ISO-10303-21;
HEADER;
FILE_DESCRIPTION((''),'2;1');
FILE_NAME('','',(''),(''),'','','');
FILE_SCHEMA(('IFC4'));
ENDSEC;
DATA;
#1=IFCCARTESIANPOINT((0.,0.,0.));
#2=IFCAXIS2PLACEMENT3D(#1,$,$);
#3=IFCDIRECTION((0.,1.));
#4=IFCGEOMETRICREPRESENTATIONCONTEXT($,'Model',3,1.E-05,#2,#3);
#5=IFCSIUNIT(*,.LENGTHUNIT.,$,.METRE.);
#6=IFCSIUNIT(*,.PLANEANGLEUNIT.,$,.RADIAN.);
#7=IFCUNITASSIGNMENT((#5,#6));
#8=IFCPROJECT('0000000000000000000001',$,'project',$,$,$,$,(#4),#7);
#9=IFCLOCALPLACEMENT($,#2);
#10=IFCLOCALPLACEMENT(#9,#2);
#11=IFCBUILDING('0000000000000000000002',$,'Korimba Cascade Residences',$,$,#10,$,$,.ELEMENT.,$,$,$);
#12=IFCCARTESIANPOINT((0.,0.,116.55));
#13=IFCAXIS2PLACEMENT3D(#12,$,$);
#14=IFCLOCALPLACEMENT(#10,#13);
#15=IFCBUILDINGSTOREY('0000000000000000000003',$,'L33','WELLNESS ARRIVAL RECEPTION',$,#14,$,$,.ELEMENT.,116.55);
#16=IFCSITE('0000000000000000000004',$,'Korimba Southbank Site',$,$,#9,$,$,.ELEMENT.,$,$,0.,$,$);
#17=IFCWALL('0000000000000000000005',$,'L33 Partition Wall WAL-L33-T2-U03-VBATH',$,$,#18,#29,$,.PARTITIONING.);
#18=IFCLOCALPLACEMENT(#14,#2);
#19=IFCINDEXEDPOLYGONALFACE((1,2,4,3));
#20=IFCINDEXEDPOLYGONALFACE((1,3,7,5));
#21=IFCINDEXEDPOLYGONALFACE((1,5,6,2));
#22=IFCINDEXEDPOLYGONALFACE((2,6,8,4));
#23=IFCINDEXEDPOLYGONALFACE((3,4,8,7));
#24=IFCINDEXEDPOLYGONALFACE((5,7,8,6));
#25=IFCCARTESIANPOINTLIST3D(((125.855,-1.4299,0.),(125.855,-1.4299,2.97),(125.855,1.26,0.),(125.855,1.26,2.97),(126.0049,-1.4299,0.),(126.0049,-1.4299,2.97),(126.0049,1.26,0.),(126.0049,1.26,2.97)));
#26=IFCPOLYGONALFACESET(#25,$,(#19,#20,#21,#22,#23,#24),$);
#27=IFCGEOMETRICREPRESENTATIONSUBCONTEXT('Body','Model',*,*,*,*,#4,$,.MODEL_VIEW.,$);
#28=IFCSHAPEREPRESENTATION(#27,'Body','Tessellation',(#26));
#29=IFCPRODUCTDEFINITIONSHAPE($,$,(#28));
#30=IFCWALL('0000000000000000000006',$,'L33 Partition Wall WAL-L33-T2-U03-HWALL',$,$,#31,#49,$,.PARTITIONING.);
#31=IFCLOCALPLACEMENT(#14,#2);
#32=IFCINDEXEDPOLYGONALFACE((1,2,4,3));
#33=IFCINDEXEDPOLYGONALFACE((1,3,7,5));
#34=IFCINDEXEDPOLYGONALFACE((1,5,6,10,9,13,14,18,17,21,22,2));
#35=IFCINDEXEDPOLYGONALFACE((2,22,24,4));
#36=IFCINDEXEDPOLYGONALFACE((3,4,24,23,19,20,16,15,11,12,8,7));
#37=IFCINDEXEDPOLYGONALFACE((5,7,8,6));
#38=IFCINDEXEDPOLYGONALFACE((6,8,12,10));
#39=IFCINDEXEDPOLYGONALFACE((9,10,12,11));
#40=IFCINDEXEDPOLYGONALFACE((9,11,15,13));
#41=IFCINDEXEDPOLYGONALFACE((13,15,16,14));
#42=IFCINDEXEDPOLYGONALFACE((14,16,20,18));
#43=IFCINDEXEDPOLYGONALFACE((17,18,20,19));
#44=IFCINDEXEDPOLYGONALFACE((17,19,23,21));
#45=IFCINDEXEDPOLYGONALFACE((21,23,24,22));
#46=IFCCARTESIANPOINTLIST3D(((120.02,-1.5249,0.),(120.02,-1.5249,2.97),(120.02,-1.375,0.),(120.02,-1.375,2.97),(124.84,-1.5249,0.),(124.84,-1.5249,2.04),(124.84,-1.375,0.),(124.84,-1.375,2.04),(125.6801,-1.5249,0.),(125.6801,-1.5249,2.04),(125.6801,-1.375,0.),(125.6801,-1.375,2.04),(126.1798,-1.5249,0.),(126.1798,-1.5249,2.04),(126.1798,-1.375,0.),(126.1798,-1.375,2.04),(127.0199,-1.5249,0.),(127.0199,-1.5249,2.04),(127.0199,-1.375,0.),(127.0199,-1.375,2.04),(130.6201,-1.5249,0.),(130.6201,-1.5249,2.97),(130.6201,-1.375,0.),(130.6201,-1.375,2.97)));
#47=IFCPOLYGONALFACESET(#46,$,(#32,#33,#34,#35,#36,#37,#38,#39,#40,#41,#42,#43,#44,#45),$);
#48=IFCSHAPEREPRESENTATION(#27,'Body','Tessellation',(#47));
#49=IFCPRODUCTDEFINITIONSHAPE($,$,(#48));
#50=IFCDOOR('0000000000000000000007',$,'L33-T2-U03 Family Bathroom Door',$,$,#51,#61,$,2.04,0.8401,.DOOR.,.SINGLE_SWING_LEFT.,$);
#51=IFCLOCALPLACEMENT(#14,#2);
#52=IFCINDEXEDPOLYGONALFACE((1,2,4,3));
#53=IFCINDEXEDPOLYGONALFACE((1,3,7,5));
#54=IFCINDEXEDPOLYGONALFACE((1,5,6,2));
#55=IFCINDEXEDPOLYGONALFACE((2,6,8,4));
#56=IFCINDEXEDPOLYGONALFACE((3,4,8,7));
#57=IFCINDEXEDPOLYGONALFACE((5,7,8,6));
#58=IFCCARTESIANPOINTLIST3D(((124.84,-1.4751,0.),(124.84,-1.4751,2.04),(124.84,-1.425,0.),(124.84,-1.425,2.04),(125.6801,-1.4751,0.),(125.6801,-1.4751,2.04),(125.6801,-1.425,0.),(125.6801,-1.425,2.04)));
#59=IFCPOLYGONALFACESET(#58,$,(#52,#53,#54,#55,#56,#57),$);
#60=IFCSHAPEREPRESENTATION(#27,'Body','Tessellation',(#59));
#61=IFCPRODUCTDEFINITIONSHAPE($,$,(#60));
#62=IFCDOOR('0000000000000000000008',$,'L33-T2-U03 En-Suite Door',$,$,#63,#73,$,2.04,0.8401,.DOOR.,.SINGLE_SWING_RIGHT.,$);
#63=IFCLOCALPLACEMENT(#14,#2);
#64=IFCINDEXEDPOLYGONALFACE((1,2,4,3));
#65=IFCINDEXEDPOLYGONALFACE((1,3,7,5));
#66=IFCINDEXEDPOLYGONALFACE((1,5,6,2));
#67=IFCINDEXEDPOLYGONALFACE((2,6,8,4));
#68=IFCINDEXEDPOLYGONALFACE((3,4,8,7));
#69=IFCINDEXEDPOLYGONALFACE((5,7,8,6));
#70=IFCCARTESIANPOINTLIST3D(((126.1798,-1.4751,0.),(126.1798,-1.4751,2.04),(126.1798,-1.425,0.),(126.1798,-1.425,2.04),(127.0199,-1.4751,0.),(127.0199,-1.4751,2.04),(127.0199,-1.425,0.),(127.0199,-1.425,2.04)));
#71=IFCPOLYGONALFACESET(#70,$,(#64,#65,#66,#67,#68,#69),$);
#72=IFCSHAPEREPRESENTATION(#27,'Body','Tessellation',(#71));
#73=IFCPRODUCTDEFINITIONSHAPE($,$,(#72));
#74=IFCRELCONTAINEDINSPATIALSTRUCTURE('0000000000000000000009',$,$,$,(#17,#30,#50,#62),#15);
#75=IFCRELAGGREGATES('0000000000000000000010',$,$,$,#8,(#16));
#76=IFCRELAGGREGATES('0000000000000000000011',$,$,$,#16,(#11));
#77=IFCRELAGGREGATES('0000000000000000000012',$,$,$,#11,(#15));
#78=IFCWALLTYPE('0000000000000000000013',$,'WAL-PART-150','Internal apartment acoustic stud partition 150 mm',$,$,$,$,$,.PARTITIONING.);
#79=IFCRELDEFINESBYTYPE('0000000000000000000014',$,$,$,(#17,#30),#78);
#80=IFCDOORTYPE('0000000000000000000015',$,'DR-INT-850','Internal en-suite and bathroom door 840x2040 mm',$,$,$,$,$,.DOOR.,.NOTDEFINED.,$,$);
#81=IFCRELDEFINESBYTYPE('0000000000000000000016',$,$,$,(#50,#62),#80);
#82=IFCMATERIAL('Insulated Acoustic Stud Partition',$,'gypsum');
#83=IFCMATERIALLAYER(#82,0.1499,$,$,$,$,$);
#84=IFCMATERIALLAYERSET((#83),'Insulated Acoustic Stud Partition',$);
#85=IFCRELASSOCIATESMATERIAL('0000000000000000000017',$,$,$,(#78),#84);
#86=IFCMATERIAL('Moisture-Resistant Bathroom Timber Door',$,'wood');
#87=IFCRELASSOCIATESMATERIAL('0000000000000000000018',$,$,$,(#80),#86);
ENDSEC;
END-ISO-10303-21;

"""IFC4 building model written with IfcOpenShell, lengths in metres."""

from ifc_helpers import new_model, si_unit, direction, frame, frame_2d, origin, place, context, subcontext, project, spatial, rectangle, extrude, material, layer, layer_set, type_object, element, fill, save


model = new_model("IFC4")

# Units and contexts
model_context = context("Model", 3, precision=1e-05, world=origin(), true_north=direction((0.0, 1.0)))
body_context = subcontext(model_context, "Body", "Model", "MODEL_VIEW")
ifc_project = project(units=[si_unit("LENGTHUNIT", "METRE"), si_unit("PLANEANGLEUNIT", "RADIAN")], contexts=[model_context])

# Site, building, storey
site_placement = place(None, origin())
site = spatial("IfcSite", under=ifc_project, at=site_placement, Name="Korimba Southbank Site", CompositionType="ELEMENT", RefElevation=0.0)
building_placement = place(site_placement, origin())
building = spatial("IfcBuilding", under=site, at=building_placement, Name="Korimba Cascade Residences", CompositionType="ELEMENT")
storey_placement = place(building_placement, frame((0.0, 0.0, 116.55)))
storey = spatial("IfcBuildingStorey", under=building, at=storey_placement, Name="L33", Description="WELLNESS ARRIVAL RECEPTION", CompositionType="ELEMENT", Elevation=116.55)

# Shared definitions
ifc_material_1 = material(Name="Insulated Acoustic Stud Partition", Category="gypsum")
ifc_layer = layer(ifc_material_1, 0.1499)
ifc_layer_set = layer_set([ifc_layer], Name="Insulated Acoustic Stud Partition")
wall_type = type_object("IfcWallType", Name="WAL-PART-150", Description="Internal apartment acoustic stud partition 150 mm", PredefinedType="PARTITIONING", material=ifc_layer_set)
ifc_material_2 = material(Name="Moisture-Resistant Bathroom Timber Door", Category="wood")
door_type_1 = type_object("IfcDoorType", Name="DR-INT-850", Description="Internal en-suite and bathroom door 840x2040 mm", OperationType="NOTDEFINED", PredefinedType="DOOR", material=ifc_material_2)

# Wall
wall_1_placement = place(storey_placement, frame((125.9299, -1.4299, 0.0), z_axis=(0.0, 0.0, 1.0), x_axis=(0.0, 1.0, 0.0)))
element("IfcWall", 1, at=wall_1_placement, inside=storey, type_object=wall_type, Name="L33 Partition Wall WAL-L33-T2-U03-VBATH", PredefinedType="PARTITIONING", context=body_context, shape_type="SweptSolid", body=[
    extrude(rectangle(XDim=2.6899, YDim=0.1499, at=frame_2d((1.345, 0.0))), origin(), (0.0, 0.0, 1.0), 2.97),
])

# Wall, openings, doors
wall_2_placement = place(storey_placement, frame((120.02, -1.45, 0.0), z_axis=(0.0, 0.0, 1.0), x_axis=(1.0, 0.0, 0.0)))
wall_2 = element("IfcWall", 2, at=wall_2_placement, inside=storey, type_object=wall_type, Name="L33 Partition Wall WAL-L33-T2-U03-HWALL", PredefinedType="PARTITIONING", context=body_context, shape_type="SweptSolid", body=[
    extrude(rectangle(XDim=10.6001, YDim=0.1499, at=frame_2d((5.3, 0.0))), origin(), (0.0, 0.0, 1.0), 2.97),
])
opening_1_placement = place(wall_2_placement, frame((4.8201, 0.0, 0.0)))
opening_1 = element("IfcOpeningElement", 3, at=opening_1_placement, cuts=wall_2, PredefinedType="OPENING", context=body_context, shape_type="SweptSolid", body=[
    extrude(rectangle(XDim=0.8401, YDim=2.04, at=frame_2d((0.4199, 1.02))), frame((0.0, 0.085, 0.0), z_axis=(0.0, -1.0, 0.0), x_axis=(1.0, 0.0, 0.0)), (0.0, 0.0, 1.0), 0.1699),
])
opening_2_placement = place(wall_2_placement, frame((6.1599, 0.0, 0.0)))
opening_2 = element("IfcOpeningElement", 4, at=opening_2_placement, cuts=wall_2, PredefinedType="OPENING", context=body_context, shape_type="SweptSolid", body=[
    extrude(rectangle(XDim=0.8401, YDim=2.04, at=frame_2d((0.4199, 1.02))), frame((0.0, 0.085, 0.0), z_axis=(0.0, -1.0, 0.0), x_axis=(1.0, 0.0, 0.0)), (0.0, 0.0, 1.0), 0.1699),
])
door_1_placement = place(opening_1_placement, origin())
door_1 = element("IfcDoor", 5, at=door_1_placement, inside=storey, type_object=door_type_1, Name="L33-T2-U03 Family Bathroom Door", OperationType="SINGLE_SWING_LEFT", OverallHeight=2.04, OverallWidth=0.8401, PredefinedType="DOOR", context=body_context, shape_type="SweptSolid", body=[
    extrude(rectangle(XDim=0.8401, YDim=2.04, at=frame_2d((0.4199, 1.02))), frame((0.0, 0.0249, 0.0), z_axis=(0.0, -1.0, 0.0), x_axis=(1.0, 0.0, 0.0)), (0.0, 0.0, 1.0), 0.05),
])
fill(opening_1, door_1)
door_2_placement = place(opening_2_placement, origin())
door_2 = element("IfcDoor", 6, at=door_2_placement, inside=storey, type_object=door_type_1, Name="L33-T2-U03 En-Suite Door", OperationType="SINGLE_SWING_RIGHT", OverallHeight=2.04, OverallWidth=0.8401, PredefinedType="DOOR", context=body_context, shape_type="SweptSolid", body=[
    extrude(rectangle(XDim=0.8401, YDim=2.04, at=frame_2d((0.4199, 1.02))), frame((0.0, 0.0249, 0.0), z_axis=(0.0, -1.0, 0.0), x_axis=(1.0, 0.0, 0.0)), (0.0, 0.0, 1.0), 0.05),
])
fill(opening_2, door_2)

save(model, "model.ifc")
